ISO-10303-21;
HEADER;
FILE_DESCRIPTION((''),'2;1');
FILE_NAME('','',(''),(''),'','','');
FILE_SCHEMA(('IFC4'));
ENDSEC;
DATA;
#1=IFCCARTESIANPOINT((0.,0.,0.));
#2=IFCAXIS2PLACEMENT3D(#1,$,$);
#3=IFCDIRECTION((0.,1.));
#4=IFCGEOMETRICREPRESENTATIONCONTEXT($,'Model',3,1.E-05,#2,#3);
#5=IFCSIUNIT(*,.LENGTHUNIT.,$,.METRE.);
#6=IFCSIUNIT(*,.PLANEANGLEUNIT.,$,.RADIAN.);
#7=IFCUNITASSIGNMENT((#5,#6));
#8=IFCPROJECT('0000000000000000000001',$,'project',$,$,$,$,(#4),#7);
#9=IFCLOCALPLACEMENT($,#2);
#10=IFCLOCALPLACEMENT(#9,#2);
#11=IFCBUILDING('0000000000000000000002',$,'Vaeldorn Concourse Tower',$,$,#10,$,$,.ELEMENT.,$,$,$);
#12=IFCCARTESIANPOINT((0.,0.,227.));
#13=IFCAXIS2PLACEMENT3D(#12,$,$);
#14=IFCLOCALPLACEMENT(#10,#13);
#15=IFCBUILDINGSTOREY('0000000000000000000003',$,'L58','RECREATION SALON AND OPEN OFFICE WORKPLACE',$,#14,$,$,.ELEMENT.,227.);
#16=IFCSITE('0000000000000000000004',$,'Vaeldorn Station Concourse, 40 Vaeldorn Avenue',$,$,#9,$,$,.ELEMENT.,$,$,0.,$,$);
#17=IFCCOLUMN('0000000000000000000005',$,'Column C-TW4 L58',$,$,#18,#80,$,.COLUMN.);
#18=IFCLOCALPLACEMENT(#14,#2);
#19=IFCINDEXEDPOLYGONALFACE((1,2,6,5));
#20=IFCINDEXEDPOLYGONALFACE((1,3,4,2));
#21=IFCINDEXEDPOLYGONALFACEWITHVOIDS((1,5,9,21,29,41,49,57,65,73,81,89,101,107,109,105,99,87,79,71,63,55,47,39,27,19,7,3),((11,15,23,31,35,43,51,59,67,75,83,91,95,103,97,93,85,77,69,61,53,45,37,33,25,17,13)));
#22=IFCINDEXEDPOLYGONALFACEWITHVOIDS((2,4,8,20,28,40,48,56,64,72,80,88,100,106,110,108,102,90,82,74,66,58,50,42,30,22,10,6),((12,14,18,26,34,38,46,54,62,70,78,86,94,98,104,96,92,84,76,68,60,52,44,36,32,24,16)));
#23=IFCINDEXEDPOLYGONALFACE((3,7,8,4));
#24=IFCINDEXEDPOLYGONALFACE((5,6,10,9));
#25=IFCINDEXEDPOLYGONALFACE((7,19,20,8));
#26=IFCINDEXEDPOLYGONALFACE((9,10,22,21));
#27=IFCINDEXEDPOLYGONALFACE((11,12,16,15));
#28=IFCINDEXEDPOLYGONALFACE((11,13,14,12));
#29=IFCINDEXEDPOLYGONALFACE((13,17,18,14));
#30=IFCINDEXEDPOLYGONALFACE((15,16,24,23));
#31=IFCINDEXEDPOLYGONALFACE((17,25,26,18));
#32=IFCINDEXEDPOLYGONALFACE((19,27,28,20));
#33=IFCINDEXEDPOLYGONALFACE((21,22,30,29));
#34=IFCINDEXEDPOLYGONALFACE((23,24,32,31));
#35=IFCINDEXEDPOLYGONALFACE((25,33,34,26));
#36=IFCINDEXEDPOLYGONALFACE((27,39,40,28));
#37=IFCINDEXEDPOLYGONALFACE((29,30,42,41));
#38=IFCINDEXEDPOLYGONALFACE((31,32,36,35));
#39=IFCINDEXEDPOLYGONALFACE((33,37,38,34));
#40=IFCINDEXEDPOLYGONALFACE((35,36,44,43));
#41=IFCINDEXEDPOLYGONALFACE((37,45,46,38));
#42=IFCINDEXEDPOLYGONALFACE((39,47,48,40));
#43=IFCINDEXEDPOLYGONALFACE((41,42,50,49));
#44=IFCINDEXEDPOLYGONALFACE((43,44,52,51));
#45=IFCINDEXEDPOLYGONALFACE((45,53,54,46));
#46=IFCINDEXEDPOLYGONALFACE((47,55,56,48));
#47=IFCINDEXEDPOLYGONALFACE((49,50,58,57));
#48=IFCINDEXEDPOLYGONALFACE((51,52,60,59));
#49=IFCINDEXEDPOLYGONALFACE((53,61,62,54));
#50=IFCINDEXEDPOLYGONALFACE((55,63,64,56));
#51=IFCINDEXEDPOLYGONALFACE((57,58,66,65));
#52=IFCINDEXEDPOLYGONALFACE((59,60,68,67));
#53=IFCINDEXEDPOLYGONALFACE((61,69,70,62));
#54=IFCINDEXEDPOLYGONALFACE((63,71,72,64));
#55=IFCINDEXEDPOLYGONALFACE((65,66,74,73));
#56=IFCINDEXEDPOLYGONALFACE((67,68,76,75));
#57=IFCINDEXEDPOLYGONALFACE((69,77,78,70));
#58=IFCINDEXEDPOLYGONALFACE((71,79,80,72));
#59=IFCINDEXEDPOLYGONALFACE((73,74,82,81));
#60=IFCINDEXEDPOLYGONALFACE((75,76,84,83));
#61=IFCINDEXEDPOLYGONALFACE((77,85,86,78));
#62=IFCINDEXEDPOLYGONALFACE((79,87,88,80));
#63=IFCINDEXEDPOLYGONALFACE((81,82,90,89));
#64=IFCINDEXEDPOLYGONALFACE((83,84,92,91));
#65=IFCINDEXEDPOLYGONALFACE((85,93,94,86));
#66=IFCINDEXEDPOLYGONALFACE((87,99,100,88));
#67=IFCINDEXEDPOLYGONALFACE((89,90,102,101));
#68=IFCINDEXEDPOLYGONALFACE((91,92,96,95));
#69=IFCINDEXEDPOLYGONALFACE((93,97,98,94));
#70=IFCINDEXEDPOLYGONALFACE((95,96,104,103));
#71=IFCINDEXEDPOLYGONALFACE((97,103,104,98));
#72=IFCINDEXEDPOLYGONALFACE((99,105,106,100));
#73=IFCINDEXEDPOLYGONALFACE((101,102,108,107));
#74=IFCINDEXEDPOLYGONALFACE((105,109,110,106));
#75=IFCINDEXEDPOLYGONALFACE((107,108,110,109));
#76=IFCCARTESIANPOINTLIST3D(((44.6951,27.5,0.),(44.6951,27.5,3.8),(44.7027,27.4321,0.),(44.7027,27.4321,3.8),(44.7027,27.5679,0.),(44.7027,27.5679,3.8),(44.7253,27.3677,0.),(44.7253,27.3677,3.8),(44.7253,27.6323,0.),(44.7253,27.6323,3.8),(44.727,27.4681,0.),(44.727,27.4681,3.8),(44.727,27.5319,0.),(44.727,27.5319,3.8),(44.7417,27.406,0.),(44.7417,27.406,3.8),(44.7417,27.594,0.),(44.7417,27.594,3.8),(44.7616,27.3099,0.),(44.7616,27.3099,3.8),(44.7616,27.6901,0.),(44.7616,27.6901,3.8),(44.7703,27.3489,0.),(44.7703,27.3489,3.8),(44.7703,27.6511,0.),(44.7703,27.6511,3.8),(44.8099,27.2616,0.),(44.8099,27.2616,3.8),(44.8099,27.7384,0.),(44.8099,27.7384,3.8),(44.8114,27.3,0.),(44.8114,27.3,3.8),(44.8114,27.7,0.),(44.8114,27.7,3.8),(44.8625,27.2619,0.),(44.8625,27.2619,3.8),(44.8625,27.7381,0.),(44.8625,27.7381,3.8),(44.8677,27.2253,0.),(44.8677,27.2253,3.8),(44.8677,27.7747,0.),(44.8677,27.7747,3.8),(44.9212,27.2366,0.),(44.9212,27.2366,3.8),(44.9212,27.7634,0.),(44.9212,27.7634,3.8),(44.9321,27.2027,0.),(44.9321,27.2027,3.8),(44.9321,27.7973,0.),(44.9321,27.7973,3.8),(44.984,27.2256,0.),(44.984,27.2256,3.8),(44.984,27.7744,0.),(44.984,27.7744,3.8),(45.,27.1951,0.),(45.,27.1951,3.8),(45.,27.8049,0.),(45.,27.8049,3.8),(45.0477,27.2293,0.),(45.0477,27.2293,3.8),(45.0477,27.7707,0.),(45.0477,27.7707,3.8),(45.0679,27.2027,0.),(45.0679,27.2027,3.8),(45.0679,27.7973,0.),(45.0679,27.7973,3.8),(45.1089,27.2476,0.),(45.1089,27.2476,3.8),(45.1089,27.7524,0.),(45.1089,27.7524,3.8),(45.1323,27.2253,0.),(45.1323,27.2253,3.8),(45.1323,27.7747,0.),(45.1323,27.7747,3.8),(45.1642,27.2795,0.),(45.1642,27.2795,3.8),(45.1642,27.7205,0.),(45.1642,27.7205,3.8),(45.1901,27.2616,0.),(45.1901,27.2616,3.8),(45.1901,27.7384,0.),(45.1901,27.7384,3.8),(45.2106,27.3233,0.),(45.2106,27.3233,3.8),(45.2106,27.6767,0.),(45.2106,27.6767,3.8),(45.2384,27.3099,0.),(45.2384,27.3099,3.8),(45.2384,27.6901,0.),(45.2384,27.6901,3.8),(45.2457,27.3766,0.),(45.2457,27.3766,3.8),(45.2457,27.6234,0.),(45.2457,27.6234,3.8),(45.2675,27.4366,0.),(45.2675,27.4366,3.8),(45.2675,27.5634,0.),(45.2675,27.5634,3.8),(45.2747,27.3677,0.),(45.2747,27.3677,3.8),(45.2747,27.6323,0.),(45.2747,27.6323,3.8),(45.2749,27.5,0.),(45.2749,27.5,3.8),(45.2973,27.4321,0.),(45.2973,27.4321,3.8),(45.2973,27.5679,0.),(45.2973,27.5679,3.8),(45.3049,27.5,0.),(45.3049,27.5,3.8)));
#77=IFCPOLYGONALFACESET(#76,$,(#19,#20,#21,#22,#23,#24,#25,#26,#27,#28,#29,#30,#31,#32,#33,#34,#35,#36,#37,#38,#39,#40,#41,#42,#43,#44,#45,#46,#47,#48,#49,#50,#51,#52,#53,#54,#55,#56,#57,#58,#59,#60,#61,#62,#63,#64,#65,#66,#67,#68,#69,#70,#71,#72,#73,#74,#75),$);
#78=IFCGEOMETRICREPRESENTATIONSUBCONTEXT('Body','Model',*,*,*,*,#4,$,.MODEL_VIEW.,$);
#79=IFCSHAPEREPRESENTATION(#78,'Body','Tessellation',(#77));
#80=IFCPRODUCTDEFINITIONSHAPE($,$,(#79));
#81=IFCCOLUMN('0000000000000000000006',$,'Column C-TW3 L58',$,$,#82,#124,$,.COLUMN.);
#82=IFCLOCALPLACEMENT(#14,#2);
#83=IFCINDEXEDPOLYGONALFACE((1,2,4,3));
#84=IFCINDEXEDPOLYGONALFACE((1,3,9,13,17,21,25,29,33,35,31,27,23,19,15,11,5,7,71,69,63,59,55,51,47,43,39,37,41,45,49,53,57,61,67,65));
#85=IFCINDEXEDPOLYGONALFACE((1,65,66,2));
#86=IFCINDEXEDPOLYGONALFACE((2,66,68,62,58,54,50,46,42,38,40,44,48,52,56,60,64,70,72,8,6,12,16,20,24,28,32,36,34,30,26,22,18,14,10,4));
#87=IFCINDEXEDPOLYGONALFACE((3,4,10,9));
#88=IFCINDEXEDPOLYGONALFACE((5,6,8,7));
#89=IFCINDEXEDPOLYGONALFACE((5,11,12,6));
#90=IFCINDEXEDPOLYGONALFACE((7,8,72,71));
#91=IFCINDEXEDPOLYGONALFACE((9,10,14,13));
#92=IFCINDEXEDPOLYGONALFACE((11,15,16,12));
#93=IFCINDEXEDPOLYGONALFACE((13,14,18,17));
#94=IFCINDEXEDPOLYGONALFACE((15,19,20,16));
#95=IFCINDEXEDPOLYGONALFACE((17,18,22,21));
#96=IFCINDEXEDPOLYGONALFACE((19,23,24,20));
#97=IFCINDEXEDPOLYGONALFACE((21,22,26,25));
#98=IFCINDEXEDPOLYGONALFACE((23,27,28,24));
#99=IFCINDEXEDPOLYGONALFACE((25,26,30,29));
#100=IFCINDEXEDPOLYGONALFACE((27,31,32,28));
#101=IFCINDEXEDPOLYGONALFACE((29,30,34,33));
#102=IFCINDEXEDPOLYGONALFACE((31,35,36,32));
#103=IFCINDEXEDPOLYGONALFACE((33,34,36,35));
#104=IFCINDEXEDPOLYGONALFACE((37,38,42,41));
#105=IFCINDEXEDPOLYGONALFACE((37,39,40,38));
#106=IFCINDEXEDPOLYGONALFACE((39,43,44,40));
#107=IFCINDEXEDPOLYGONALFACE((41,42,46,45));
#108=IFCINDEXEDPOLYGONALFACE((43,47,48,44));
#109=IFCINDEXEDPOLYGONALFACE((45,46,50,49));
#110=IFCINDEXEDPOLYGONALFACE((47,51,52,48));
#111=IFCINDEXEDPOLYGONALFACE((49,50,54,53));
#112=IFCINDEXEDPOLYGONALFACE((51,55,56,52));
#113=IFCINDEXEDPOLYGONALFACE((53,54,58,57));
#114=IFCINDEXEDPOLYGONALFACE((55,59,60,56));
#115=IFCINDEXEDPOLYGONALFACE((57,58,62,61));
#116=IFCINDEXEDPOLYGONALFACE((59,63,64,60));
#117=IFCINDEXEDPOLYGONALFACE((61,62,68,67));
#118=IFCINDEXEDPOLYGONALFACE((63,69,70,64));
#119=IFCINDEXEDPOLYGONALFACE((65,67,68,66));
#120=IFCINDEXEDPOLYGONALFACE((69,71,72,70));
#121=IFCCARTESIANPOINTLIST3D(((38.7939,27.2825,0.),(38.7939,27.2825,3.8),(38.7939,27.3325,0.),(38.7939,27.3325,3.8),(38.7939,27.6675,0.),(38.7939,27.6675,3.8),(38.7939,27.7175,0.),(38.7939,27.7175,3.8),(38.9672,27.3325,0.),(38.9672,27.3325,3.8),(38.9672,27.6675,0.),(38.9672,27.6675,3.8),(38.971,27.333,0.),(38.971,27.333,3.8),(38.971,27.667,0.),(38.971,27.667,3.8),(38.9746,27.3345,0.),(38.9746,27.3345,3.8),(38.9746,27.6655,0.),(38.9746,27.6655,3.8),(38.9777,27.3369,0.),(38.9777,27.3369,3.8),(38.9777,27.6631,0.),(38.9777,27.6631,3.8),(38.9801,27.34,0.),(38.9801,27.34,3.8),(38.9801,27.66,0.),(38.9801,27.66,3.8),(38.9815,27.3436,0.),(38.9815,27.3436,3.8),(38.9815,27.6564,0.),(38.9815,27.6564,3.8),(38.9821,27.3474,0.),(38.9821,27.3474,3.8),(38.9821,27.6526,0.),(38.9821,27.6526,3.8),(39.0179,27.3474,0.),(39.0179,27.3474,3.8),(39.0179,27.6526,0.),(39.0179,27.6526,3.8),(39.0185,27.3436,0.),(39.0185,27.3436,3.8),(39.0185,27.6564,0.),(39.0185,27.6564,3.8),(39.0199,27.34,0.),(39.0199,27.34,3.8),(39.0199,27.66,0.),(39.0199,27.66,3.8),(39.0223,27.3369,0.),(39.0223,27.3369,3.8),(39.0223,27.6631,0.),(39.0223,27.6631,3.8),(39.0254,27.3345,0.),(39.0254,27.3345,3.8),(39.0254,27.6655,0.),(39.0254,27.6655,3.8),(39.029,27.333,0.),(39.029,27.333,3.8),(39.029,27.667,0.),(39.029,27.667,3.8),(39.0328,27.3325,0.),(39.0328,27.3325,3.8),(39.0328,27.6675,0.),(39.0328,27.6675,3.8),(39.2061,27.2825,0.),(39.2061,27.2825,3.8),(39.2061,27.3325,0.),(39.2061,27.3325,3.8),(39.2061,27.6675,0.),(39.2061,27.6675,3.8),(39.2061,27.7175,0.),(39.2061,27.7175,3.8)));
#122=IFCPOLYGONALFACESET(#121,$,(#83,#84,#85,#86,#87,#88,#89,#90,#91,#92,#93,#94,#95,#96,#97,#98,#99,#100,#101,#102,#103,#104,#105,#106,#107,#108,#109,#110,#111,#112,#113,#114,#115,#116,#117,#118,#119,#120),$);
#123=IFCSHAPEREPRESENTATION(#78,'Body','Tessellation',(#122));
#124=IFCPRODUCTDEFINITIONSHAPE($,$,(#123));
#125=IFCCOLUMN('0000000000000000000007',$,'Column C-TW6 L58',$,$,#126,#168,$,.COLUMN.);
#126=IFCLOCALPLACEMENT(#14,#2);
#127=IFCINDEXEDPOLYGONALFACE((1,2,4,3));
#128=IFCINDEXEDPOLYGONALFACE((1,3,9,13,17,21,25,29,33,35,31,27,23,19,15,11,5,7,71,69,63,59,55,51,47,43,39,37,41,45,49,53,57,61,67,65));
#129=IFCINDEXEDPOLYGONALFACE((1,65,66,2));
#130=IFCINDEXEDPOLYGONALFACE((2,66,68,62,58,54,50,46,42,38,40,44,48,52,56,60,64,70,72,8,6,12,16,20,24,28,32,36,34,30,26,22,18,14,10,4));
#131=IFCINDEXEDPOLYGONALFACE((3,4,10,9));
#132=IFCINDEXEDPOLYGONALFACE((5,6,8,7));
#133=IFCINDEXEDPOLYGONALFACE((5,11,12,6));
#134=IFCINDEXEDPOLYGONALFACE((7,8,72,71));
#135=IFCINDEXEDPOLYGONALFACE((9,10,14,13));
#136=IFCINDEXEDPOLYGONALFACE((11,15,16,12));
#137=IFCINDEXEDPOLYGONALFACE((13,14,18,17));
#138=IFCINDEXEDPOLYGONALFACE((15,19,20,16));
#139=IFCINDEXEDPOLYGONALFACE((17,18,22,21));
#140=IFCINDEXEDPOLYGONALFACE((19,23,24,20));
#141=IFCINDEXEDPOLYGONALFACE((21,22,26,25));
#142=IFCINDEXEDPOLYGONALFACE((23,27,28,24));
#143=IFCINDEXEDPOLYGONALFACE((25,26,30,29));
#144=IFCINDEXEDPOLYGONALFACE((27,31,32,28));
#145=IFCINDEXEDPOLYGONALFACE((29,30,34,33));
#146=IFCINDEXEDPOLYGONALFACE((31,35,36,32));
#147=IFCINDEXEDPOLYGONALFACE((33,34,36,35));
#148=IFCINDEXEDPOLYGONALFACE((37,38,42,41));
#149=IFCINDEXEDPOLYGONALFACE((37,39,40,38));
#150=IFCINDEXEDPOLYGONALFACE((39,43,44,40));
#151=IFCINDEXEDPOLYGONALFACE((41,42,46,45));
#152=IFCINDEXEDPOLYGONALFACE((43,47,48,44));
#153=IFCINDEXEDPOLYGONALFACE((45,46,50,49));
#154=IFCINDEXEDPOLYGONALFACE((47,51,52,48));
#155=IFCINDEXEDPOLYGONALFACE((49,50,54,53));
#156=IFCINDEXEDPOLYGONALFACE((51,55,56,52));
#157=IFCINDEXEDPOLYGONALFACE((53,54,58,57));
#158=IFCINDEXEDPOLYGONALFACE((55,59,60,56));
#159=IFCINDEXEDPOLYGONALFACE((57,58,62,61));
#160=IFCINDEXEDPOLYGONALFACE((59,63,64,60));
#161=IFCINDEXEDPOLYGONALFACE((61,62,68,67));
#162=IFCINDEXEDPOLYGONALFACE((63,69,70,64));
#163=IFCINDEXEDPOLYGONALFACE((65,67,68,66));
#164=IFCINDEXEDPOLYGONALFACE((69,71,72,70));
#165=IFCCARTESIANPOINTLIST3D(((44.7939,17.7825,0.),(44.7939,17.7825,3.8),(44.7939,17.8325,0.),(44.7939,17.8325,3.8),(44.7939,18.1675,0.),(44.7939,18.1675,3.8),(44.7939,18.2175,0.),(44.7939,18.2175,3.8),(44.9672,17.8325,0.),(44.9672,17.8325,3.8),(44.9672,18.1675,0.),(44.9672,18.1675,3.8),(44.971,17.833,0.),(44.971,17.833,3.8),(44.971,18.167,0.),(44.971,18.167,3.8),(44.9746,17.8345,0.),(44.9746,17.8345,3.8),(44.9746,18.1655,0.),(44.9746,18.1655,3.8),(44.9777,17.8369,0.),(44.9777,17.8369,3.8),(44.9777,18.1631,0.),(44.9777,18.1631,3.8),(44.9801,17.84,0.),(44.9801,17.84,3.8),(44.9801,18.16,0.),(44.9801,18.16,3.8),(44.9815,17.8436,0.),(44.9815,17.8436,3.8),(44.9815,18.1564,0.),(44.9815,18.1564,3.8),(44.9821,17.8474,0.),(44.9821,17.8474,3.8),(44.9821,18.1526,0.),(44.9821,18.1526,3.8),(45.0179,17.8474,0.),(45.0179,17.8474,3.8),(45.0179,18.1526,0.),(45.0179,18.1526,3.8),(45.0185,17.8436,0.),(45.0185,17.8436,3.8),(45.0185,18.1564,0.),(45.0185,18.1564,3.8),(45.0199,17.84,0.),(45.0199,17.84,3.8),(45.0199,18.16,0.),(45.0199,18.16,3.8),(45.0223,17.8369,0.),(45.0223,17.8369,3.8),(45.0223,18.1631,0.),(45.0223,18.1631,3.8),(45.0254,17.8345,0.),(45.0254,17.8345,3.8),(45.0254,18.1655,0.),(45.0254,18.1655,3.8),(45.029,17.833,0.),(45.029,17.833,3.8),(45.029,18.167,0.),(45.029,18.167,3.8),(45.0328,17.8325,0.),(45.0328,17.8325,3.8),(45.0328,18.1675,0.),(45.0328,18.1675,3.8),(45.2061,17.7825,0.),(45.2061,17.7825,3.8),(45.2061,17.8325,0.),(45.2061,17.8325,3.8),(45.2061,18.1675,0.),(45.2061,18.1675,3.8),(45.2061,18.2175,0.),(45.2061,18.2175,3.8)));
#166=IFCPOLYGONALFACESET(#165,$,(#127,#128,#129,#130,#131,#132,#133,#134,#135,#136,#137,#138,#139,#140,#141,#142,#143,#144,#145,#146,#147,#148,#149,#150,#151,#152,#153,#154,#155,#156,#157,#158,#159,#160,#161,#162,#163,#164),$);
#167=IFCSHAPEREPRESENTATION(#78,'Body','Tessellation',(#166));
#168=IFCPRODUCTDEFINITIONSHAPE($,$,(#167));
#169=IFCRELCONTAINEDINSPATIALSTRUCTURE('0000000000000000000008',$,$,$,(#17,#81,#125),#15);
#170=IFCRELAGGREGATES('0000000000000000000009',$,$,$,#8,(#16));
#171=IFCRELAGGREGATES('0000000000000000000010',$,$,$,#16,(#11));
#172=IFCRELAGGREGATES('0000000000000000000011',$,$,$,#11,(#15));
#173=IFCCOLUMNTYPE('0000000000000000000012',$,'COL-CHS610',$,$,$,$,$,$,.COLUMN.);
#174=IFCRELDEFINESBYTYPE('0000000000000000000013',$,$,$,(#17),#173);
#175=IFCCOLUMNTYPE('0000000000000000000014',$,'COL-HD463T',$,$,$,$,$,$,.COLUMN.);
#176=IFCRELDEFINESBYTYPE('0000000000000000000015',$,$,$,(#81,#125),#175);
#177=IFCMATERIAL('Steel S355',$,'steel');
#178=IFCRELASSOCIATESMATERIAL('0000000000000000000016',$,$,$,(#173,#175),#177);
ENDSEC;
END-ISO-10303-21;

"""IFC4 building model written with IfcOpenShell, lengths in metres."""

from ifc_helpers import new_model, si_unit, direction, frame, origin, origin_2d, place, context, subcontext, project, spatial, hollow_circle, i_section, extrude, source, transform, mapped, material, material_profile, profile_set, type_object, element, save


model = new_model("IFC4")

# Units and contexts
model_context = context("Model", 3, precision=1e-05, world=origin(), true_north=direction((0.0, 1.0)))
body_context = subcontext(model_context, "Body", "Model", "MODEL_VIEW")
ifc_project = project(units=[si_unit("LENGTHUNIT", "METRE"), si_unit("PLANEANGLEUNIT", "RADIAN")], contexts=[model_context])

# Site, building, storey
site_placement = place(None, origin())
site = spatial("IfcSite", under=ifc_project, at=site_placement, Name="Vaeldorn Station Concourse, 40 Vaeldorn Avenue", CompositionType="ELEMENT", RefElevation=0.0)
building_placement = place(site_placement, origin())
building = spatial("IfcBuilding", under=site, at=building_placement, Name="Vaeldorn Concourse Tower", CompositionType="ELEMENT")
storey_placement = place(building_placement, frame((0.0, 0.0, 227.0)))
storey = spatial("IfcBuildingStorey", under=building, at=storey_placement, Name="L58", Description="RECREATION SALON AND OPEN OFFICE WORKPLACE", CompositionType="ELEMENT", Elevation=227.0)

# Columns
ifc_material_1 = material(Name="Steel S355", Category="steel")
ifc_material_profile_1 = material_profile(ifc_material_1, hollow_circle(Radius=0.3049, WallThickness=0.03, at=origin_2d()), Name="CHS 610x30")
ifc_profile_set_1 = profile_set([ifc_material_profile_1], Name="Steel S355")
column_type_1 = type_object("IfcColumnType", Name="COL-CHS610", PredefinedType="COLUMN", material=ifc_profile_set_1)
shared_shape_1 = source(origin(), body_context, "Body", "SweptSolid", [
    extrude(hollow_circle(Radius=0.3049, WallThickness=0.03, at=origin_2d()), origin(), (0.0, 0.0, 1.0), 3.8),
])
column_placement = place(storey_placement, frame((45.0, 27.5, 0.0), z_axis=(0.0, 0.0, 1.0), x_axis=(1.0, 0.0, 0.0)))
element("IfcColumn", 1, at=column_placement, inside=storey, type_object=column_type_1, Name="Column C-TW4 L58", PredefinedType="COLUMN", context=body_context, shape_type="MappedRepresentation", body=[
    mapped(shared_shape_1, transform((0.0, 0.0, 0.0), scale=1.0)),
])
ifc_material_profile_2 = material_profile(ifc_material_1, i_section(OverallWidth=0.4121, OverallDepth=0.4351, WebThickness=0.0359, FlangeThickness=0.05, FilletRadius=0.0149, at=origin_2d()), Name="HD 400x463")
ifc_profile_set_2 = profile_set([ifc_material_profile_2], Name="Steel S355")
column_type_2 = type_object("IfcColumnType", Name="COL-HD463T", PredefinedType="COLUMN", material=ifc_profile_set_2)
shared_shape_2 = source(origin(), body_context, "Body", "SweptSolid", [
    extrude(i_section(OverallWidth=0.4121, OverallDepth=0.4351, WebThickness=0.0359, FlangeThickness=0.05, FilletRadius=0.0149, at=origin_2d()), origin(), (0.0, 0.0, 1.0), 3.8),
])
for number, where, z_axis, x_axis, name in (
    (2, (39.0, 27.5, 0.0), (0.0, 0.0, 1.0), (1.0, 0.0, 0.0), "Column C-TW3 L58"),
    (3, (45.0, 18.0, 0.0), (0.0, 0.0, 1.0), (1.0, 0.0, 0.0), "Column C-TW6 L58"),
):
    element("IfcColumn", number, at=place(storey_placement, frame(where, z_axis=z_axis, x_axis=x_axis)), inside=storey, type_object=column_type_2, Name=name, PredefinedType="COLUMN", context=body_context, shape_type="MappedRepresentation", body=[
        mapped(shared_shape_2, transform((0.0, 0.0, 0.0), scale=1.0)),
    ])

save(model, "model.ifc")
